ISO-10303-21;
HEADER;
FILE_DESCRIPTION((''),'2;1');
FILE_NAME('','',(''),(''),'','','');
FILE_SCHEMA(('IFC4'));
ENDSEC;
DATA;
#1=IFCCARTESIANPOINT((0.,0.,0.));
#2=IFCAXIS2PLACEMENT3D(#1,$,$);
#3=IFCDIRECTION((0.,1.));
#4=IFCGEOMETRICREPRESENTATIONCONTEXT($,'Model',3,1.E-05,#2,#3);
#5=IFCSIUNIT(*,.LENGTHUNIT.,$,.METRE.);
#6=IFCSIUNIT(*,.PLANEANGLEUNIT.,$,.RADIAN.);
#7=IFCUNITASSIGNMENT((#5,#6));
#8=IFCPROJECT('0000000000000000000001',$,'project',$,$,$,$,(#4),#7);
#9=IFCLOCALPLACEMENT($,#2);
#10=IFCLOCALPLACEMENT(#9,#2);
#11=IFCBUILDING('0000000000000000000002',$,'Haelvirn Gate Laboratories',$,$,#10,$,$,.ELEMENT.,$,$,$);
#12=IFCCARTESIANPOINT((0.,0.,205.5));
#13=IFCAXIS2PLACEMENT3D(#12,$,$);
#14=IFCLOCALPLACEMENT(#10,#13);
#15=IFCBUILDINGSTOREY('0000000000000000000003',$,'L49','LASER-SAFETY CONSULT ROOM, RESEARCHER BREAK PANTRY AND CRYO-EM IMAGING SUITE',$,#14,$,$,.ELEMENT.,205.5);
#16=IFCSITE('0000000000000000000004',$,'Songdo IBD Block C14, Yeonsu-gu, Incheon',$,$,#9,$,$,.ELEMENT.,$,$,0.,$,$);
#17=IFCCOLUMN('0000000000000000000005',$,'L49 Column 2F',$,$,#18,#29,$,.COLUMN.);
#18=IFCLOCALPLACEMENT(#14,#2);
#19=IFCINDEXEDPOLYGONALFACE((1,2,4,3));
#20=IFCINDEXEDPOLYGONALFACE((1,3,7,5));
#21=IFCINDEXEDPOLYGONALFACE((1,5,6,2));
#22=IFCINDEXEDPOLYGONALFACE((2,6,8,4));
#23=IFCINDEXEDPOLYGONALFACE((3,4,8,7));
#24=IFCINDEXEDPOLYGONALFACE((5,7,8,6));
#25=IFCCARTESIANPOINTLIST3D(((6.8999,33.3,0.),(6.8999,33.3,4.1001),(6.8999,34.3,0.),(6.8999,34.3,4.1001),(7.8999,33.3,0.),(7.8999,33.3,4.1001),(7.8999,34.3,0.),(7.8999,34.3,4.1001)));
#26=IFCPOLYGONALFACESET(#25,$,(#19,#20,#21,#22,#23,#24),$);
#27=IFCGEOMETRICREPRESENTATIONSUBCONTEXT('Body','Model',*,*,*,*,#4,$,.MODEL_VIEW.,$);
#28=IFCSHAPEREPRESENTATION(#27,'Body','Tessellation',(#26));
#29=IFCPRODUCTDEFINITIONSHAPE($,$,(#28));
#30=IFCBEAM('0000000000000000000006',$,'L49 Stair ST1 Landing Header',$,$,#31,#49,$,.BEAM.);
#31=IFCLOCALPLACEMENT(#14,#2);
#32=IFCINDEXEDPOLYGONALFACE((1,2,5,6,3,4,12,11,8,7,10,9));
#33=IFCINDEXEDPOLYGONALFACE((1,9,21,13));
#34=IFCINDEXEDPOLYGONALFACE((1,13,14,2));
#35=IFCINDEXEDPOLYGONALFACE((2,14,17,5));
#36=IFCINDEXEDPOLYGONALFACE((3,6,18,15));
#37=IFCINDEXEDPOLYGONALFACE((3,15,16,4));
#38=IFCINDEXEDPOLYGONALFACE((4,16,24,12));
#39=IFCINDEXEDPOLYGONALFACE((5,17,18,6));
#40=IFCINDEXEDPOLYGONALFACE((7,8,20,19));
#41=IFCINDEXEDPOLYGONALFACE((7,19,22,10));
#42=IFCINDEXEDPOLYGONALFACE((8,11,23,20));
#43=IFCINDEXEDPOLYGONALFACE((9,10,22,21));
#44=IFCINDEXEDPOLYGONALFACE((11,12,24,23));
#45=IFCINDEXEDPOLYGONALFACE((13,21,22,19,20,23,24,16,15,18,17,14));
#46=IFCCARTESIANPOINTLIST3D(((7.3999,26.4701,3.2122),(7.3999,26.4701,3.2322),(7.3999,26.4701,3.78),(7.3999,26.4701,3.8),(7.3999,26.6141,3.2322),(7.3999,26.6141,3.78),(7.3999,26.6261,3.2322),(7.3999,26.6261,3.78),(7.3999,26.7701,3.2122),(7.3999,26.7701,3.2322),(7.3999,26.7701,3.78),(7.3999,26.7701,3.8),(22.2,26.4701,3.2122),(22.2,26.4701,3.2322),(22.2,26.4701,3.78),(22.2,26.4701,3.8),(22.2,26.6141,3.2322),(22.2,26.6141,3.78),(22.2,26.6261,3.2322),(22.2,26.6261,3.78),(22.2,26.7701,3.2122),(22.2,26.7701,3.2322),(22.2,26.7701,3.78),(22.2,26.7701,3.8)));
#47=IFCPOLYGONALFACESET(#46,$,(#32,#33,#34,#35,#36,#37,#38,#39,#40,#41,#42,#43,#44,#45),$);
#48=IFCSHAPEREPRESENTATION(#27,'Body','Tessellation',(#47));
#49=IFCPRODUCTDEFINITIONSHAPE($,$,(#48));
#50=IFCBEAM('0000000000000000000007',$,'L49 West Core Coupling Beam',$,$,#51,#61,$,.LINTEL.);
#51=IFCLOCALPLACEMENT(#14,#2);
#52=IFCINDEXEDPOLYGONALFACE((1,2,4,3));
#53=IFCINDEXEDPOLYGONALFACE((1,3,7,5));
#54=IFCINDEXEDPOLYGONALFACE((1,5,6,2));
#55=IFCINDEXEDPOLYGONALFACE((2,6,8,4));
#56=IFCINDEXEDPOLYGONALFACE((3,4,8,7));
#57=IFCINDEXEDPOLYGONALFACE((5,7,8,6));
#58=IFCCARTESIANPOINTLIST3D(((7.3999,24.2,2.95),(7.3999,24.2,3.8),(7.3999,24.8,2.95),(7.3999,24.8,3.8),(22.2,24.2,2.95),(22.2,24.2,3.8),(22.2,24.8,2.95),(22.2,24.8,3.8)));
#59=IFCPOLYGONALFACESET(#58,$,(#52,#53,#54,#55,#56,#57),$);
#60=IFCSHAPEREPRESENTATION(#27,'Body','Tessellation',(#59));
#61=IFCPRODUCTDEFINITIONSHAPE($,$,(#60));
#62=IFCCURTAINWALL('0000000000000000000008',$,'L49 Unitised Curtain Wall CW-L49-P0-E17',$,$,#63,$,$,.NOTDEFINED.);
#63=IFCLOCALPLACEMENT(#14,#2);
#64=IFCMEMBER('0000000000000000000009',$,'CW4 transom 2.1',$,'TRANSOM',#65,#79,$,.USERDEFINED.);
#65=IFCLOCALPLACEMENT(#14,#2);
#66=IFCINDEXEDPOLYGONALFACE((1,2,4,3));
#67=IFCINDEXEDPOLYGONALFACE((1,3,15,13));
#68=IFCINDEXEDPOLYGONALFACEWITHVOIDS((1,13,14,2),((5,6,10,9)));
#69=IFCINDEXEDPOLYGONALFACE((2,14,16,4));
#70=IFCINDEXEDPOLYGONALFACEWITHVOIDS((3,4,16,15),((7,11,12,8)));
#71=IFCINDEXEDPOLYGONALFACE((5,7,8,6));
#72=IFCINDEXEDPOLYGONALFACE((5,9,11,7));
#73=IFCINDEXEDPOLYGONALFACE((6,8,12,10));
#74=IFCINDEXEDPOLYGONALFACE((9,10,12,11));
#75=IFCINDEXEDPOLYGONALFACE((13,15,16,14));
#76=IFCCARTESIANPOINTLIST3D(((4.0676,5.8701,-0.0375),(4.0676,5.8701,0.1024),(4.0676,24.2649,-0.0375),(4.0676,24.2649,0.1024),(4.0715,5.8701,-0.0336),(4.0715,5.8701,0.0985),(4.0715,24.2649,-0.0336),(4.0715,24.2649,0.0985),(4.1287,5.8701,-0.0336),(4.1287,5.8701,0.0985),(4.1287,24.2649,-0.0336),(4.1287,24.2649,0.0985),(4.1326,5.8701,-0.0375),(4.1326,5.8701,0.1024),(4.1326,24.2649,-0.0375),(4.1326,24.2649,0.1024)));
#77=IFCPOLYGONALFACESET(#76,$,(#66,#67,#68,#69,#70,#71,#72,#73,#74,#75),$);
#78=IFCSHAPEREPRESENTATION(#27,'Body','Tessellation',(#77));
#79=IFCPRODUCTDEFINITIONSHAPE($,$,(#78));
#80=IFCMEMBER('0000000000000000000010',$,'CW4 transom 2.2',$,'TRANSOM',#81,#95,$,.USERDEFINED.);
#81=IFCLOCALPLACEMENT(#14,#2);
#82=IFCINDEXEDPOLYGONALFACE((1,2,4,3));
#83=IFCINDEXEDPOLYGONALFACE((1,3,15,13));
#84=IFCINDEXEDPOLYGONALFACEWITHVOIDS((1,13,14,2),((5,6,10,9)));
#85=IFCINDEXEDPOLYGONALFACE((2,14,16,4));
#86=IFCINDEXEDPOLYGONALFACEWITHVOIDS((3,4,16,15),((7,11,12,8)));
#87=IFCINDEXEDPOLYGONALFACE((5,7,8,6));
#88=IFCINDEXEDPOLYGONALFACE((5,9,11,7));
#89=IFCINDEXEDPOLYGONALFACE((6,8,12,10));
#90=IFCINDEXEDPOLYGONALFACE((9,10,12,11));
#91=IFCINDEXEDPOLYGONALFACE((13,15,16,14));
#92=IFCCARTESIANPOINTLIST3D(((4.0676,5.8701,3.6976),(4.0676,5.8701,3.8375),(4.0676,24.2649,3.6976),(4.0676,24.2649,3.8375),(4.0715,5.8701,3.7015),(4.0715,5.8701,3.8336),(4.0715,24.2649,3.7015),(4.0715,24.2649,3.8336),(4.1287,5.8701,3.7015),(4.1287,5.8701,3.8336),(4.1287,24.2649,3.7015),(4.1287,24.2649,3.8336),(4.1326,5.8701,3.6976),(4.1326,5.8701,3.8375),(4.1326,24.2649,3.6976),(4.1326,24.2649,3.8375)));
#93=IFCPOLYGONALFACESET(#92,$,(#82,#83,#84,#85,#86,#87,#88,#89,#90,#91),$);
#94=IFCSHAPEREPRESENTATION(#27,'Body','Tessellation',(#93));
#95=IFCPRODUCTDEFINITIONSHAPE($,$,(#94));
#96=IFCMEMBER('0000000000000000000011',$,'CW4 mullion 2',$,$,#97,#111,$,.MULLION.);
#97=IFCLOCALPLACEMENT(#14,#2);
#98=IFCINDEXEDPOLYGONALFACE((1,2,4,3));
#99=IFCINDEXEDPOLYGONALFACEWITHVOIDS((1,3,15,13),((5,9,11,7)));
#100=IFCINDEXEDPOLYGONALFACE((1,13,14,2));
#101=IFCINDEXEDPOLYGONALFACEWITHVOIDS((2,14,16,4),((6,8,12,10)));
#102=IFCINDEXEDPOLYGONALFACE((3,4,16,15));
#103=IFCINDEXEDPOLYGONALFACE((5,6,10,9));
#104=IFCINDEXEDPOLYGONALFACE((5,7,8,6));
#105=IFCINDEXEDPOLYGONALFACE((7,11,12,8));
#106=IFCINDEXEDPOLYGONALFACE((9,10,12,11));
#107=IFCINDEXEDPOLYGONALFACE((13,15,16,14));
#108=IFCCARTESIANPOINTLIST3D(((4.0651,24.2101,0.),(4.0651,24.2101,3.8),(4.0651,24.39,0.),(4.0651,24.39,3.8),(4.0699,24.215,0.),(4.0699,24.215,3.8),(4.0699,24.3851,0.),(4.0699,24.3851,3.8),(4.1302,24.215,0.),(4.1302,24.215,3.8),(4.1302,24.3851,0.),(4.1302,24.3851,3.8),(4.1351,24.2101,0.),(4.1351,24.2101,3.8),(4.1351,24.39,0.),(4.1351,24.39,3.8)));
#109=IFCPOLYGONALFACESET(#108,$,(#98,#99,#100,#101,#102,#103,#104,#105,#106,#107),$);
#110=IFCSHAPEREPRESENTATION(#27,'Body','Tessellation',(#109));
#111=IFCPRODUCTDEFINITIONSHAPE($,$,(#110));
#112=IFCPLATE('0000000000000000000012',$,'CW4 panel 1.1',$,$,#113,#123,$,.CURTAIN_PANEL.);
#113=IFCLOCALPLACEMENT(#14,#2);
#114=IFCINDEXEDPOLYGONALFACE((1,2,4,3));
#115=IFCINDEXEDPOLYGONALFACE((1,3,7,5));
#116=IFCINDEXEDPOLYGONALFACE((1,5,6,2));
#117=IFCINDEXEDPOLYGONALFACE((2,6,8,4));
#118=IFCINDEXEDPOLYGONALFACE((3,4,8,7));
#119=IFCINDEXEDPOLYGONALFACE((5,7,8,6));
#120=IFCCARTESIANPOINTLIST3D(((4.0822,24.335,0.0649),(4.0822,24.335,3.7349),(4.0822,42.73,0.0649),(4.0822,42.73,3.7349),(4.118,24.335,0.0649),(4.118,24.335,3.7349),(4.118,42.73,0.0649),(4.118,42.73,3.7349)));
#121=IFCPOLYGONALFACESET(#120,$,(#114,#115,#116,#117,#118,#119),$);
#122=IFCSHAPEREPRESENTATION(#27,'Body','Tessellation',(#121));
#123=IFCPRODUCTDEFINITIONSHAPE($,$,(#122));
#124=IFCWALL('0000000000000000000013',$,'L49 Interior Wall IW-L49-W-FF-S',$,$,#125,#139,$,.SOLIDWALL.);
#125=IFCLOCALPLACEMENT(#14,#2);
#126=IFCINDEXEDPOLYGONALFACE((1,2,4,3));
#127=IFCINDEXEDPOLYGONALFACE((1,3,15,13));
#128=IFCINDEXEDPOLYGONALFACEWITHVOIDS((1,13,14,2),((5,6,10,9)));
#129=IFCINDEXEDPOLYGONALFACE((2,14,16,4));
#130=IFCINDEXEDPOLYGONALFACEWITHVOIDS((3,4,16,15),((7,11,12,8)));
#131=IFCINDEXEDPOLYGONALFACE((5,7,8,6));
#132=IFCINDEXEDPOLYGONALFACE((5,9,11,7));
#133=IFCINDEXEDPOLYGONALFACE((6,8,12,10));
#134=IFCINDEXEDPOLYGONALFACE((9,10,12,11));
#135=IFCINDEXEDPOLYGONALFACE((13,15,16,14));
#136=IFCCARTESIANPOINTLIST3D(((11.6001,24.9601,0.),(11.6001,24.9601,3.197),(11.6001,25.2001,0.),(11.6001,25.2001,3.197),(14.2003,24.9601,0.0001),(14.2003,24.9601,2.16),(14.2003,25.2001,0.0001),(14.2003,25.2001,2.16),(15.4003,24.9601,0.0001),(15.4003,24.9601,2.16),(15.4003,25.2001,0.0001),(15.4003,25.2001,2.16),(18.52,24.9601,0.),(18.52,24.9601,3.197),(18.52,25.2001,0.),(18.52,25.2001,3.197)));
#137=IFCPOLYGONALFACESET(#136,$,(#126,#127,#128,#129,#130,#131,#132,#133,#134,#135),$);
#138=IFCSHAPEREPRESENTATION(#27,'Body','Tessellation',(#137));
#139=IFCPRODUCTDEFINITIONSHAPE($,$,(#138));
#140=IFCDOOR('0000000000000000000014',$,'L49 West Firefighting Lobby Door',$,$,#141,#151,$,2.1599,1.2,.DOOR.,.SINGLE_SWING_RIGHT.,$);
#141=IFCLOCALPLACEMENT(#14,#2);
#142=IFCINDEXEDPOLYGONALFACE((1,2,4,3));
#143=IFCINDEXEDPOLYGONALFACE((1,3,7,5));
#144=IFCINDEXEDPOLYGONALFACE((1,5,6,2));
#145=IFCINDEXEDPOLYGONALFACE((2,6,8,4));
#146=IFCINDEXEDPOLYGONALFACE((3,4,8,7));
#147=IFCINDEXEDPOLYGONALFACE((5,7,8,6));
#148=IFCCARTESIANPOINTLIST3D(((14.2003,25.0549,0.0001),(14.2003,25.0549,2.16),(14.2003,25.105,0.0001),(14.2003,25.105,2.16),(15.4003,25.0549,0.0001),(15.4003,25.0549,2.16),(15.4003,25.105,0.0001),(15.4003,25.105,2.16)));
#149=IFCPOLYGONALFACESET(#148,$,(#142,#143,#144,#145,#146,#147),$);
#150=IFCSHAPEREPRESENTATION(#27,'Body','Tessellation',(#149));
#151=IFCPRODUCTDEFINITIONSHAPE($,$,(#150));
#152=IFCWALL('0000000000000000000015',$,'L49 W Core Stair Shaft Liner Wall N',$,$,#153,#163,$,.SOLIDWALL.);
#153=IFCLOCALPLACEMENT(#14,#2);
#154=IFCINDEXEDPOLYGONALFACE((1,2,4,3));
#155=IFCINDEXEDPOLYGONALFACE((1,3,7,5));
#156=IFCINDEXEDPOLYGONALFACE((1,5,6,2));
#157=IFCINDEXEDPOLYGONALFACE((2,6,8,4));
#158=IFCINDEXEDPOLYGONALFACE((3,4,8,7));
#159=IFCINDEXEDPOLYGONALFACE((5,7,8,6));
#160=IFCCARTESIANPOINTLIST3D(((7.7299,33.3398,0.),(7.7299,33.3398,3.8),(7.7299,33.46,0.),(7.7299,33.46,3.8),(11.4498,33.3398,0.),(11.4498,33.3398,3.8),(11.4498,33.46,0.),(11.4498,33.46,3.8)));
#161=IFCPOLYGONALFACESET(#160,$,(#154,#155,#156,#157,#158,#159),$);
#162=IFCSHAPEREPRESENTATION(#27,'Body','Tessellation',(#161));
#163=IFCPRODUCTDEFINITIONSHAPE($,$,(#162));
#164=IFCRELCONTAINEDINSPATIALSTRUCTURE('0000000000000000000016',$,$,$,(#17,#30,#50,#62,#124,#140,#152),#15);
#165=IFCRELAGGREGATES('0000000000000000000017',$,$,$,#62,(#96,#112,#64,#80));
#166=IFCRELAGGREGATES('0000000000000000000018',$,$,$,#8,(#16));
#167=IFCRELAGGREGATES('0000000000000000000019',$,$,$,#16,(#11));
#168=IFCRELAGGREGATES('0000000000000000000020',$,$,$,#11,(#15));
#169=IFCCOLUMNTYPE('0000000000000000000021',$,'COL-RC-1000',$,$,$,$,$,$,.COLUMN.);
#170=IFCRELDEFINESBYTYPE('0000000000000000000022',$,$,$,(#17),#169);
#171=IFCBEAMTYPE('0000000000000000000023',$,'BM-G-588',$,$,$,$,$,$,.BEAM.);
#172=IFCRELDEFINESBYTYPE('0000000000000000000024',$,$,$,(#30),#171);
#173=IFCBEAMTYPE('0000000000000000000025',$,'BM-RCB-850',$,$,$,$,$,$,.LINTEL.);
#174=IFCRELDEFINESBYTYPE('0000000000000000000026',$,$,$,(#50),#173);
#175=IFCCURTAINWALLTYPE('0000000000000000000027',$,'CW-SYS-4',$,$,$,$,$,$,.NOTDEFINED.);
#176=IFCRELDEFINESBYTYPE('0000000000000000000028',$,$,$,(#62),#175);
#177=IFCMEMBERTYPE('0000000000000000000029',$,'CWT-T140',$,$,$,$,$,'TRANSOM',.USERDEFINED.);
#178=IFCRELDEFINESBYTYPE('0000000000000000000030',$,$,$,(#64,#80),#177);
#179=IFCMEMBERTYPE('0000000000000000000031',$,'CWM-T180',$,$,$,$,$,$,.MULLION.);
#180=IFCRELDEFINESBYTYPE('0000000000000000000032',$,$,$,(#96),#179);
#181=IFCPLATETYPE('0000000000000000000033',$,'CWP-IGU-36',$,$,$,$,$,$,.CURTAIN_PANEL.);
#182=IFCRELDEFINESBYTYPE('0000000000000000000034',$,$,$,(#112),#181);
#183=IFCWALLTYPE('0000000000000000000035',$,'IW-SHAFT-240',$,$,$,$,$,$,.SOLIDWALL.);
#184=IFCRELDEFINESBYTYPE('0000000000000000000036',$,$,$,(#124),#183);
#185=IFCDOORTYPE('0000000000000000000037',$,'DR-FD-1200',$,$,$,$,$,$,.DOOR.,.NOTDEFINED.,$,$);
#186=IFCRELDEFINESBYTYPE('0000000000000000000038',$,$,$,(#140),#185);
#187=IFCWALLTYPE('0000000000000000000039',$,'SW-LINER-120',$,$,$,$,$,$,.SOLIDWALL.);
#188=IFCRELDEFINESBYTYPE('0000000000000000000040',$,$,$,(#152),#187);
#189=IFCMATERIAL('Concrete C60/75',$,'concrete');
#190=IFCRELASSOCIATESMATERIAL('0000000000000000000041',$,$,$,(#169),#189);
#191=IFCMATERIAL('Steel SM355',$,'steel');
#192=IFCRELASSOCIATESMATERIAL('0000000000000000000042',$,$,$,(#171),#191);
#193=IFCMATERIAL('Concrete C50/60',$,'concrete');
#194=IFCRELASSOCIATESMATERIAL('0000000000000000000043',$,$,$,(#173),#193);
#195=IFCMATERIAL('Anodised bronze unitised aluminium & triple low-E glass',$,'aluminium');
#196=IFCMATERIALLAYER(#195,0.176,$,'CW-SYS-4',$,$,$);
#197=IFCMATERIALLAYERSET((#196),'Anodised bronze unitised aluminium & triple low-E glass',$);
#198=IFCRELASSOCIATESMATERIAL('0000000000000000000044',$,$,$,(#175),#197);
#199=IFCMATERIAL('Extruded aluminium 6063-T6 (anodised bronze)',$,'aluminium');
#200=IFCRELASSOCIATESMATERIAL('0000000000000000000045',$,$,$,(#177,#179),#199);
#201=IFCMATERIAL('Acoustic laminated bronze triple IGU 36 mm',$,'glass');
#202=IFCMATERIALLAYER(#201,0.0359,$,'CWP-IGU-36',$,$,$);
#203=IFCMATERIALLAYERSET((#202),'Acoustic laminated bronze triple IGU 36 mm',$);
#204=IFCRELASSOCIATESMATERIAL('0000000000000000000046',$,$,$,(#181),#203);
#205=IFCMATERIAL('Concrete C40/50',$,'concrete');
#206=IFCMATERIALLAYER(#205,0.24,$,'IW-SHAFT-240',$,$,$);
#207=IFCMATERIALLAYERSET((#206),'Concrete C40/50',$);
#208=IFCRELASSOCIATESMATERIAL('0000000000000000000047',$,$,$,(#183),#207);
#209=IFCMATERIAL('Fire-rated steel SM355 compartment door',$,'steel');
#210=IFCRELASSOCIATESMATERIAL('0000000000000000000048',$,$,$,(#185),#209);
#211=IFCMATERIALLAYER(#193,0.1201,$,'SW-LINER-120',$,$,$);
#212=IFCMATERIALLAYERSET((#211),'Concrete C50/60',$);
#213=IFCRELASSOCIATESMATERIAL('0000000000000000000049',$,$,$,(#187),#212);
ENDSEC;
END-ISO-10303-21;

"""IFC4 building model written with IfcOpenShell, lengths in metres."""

from ifc_helpers import new_model, si_unit, direction, frame, frame_2d, origin, origin_2d, place, context, subcontext, project, spatial, rectangle, hollow_rectangle, i_section, extrude, source, transform, mapped, material, layer, layer_set, material_profile, profile_set, type_object, type_shapes, element, fill, aggregate, save


model = new_model("IFC4")

# Units and contexts
model_context = context("Model", 3, precision=1e-05, world=origin(), true_north=direction((0.0, 1.0)))
body_context = subcontext(model_context, "Body", "Model", "MODEL_VIEW")
ifc_project = project(units=[si_unit("LENGTHUNIT", "METRE"), si_unit("PLANEANGLEUNIT", "RADIAN")], contexts=[model_context])

# Site, building, storey
site_placement = place(None, origin())
site = spatial("IfcSite", under=ifc_project, at=site_placement, Name="Songdo IBD Block C14, Yeonsu-gu, Incheon", CompositionType="ELEMENT", RefElevation=0.0)
building_placement = place(site_placement, origin())
building = spatial("IfcBuilding", under=site, at=building_placement, Name="Haelvirn Gate Laboratories", CompositionType="ELEMENT")
storey_placement = place(building_placement, frame((0.0, 0.0, 205.5)))
storey = spatial("IfcBuildingStorey", under=building, at=storey_placement, Name="L49", Description="LASER-SAFETY CONSULT ROOM, RESEARCHER BREAK PANTRY AND CRYO-EM IMAGING SUITE", CompositionType="ELEMENT", Elevation=205.5)

# Column
ifc_material_1 = material(Name="Concrete C60/75", Category="concrete")
ifc_material_profile_1 = material_profile(ifc_material_1, rectangle(XDim=1.0, YDim=1.0, at=origin_2d()), Name="RC-1000x1000")
ifc_profile_set_1 = profile_set([ifc_material_profile_1], Name="Concrete C60/75")
column_type = type_object("IfcColumnType", Name="COL-RC-1000", PredefinedType="COLUMN", material=ifc_profile_set_1)
shared_shape_1 = source(origin(), body_context, "Body", "SweptSolid", [
    extrude(rectangle(XDim=1.0, YDim=1.0, at=origin_2d()), origin(), (0.0, 0.0, 1.0), 4.1001),
])
type_shapes(column_type, [shared_shape_1])
column_placement = place(storey_placement, frame((7.3999, 33.8, 0.0), z_axis=(0.0, 0.0, 1.0), x_axis=(1.0, 0.0, 0.0)))
element("IfcColumn", 1, at=column_placement, inside=storey, type_object=column_type, Name="L49 Column 2F", PredefinedType="COLUMN", context=body_context, shape_type="MappedRepresentation", body=[
    mapped(shared_shape_1, transform((0.0, 0.0, 0.0), scale=1.0)),
])

# Beams
ifc_material_2 = material(Name="Steel SM355", Category="steel")
ifc_material_profile_2 = material_profile(ifc_material_2, i_section(OverallWidth=0.3, OverallDepth=0.5879, WebThickness=0.012, FlangeThickness=0.02, at=origin_2d()), Name="H-588x300x12x20")
ifc_profile_set_2 = profile_set([ifc_material_profile_2], Name="Steel SM355")
beam_type_1 = type_object("IfcBeamType", Name="BM-G-588", PredefinedType="BEAM", material=ifc_profile_set_2)
shared_shape_2 = source(origin(), body_context, "Body", "SweptSolid", [
    extrude(i_section(OverallWidth=0.3, OverallDepth=0.5879, WebThickness=0.012, FlangeThickness=0.02, at=origin_2d()), origin(), (0.0, 0.0, 1.0), 14.8),
])
type_shapes(beam_type_1, [shared_shape_2])
beam_1_placement = place(storey_placement, frame((7.3999, 26.6201, 3.5061), z_axis=(1.0, 0.0, 0.0), x_axis=(0.0, 1.0, 0.0)))
element("IfcBeam", 2, at=beam_1_placement, inside=storey, type_object=beam_type_1, Name="L49 Stair ST1 Landing Header", PredefinedType="BEAM", context=body_context, shape_type="MappedRepresentation", body=[
    mapped(shared_shape_2, transform((0.0, 0.0, 0.0), scale=1.0)),
])
ifc_material_3 = material(Name="Concrete C50/60", Category="concrete")
ifc_material_profile_3 = material_profile(ifc_material_3, rectangle(XDim=0.6001, YDim=0.8501, at=origin_2d()), Name="RCB-600x850")
ifc_profile_set_3 = profile_set([ifc_material_profile_3], Name="Concrete C50/60")
beam_type_2 = type_object("IfcBeamType", Name="BM-RCB-850", PredefinedType="LINTEL", material=ifc_profile_set_3)
shared_shape_3 = source(origin(), body_context, "Body", "SweptSolid", [
    extrude(rectangle(XDim=0.6001, YDim=0.8501, at=origin_2d()), origin(), (0.0, 0.0, 1.0), 14.8),
])
type_shapes(beam_type_2, [shared_shape_3])
beam_2_placement = place(storey_placement, frame((7.3999, 24.5, 3.375), z_axis=(1.0, 0.0, 0.0), x_axis=(0.0, 1.0, 0.0)))
element("IfcBeam", 3, at=beam_2_placement, inside=storey, type_object=beam_type_2, Name="L49 West Core Coupling Beam", PredefinedType="LINTEL", context=body_context, shape_type="MappedRepresentation", body=[
    mapped(shared_shape_3, transform((0.0, 0.0, 0.0), scale=1.0)),
])

# Curtain wall, members, plate
ifc_material_4 = material(Name="Anodised bronze unitised aluminium & triple low-E glass", Category="aluminium")
ifc_layer_1 = layer(ifc_material_4, 0.176, Name="CW-SYS-4")
ifc_layer_set_1 = layer_set([ifc_layer_1], Name="Anodised bronze unitised aluminium & triple low-E glass")
curtain_wall_type = type_object("IfcCurtainWallType", Name="CW-SYS-4", PredefinedType="NOTDEFINED", material=ifc_layer_set_1)
curtain_wall_placement = place(storey_placement, origin())
curtain_wall = element("IfcCurtainWall", 4, at=curtain_wall_placement, inside=storey, type_object=curtain_wall_type, Name="L49 Unitised Curtain Wall CW-L49-P0-E17", PredefinedType="NOTDEFINED")
ifc_material_5 = material(Name="Extruded aluminium 6063-T6 (anodised bronze)", Category="aluminium")
ifc_material_profile_4 = material_profile(ifc_material_5, hollow_rectangle(XDim=0.0649, YDim=0.1399, WallThickness=0.0039, at=origin_2d()), Name="CWT-140x65x4")
ifc_profile_set_4 = profile_set([ifc_material_profile_4], Name="Extruded aluminium 6063-T6 (anodised bronze)")
member_type_1 = type_object("IfcMemberType", Name="CWT-T140", ElementType="TRANSOM", PredefinedType="USERDEFINED", material=ifc_profile_set_4)
shared_shape_4 = source(origin(), body_context, "Body", "SweptSolid", [
    extrude(hollow_rectangle(XDim=0.0649, YDim=0.1399, WallThickness=0.0039, at=origin_2d()), origin(), (0.0, 0.0, 1.0), 18.3948),
])
type_shapes(member_type_1, [shared_shape_4])
member_1_placement = place(storey_placement, frame((4.1001, 24.2649, 0.0325), z_axis=(0.0, -1.0, 0.0), x_axis=(1.0, 0.0, 0.0)))
member_1 = element("IfcMember", 5, at=member_1_placement, type_object=member_type_1, Name="CW4 transom 2.1", ObjectType="TRANSOM", PredefinedType="USERDEFINED", context=body_context, shape_type="MappedRepresentation", body=[
    mapped(shared_shape_4, transform((0.0, 0.0, 0.0), scale=1.0)),
])
member_2_placement = place(storey_placement, frame((4.1001, 24.2649, 3.7676), z_axis=(0.0, -1.0, 0.0), x_axis=(1.0, 0.0, 0.0)))
member_2 = element("IfcMember", 6, at=member_2_placement, type_object=member_type_1, Name="CW4 transom 2.2", ObjectType="TRANSOM", PredefinedType="USERDEFINED", context=body_context, shape_type="MappedRepresentation", body=[
    mapped(shared_shape_4, transform((0.0, 0.0, 0.0), scale=1.0)),
])
ifc_material_profile_5 = material_profile(ifc_material_5, hollow_rectangle(XDim=0.0701, YDim=0.1799, WallThickness=0.0049, at=origin_2d()), Name="CWM-180x70x5")
ifc_profile_set_5 = profile_set([ifc_material_profile_5], Name="Extruded aluminium 6063-T6 (anodised bronze)")
member_type_2 = type_object("IfcMemberType", Name="CWM-T180", PredefinedType="MULLION", material=ifc_profile_set_5)
shared_shape_5 = source(origin(), body_context, "Body", "SweptSolid", [
    extrude(hollow_rectangle(XDim=0.0701, YDim=0.1799, WallThickness=0.0049, at=origin_2d()), origin(), (0.0, 0.0, 1.0), 3.8),
])
type_shapes(member_type_2, [shared_shape_5])
member_3_placement = place(storey_placement, frame((4.1001, 24.3, 0.0), z_axis=(0.0, 0.0, 1.0), x_axis=(1.0, 0.0, 0.0)))
member_3 = element("IfcMember", 7, at=member_3_placement, type_object=member_type_2, Name="CW4 mullion 2", PredefinedType="MULLION", context=body_context, shape_type="MappedRepresentation", body=[
    mapped(shared_shape_5, transform((0.0, 0.0, 0.0), scale=1.0)),
])
ifc_material_6 = material(Name="Acoustic laminated bronze triple IGU 36 mm", Category="glass")
ifc_layer_2 = layer(ifc_material_6, 0.0359, Name="CWP-IGU-36")
ifc_layer_set_2 = layer_set([ifc_layer_2], Name="Acoustic laminated bronze triple IGU 36 mm")
plate_type = type_object("IfcPlateType", Name="CWP-IGU-36", PredefinedType="CURTAIN_PANEL", material=ifc_layer_set_2)
shared_shape_6 = source(origin(), body_context, "Body", "SweptSolid", [
    extrude(rectangle(XDim=18.395, YDim=0.0359, at=origin_2d()), origin(), (0.0, 0.0, 1.0), 3.6699),
])
type_shapes(plate_type, [shared_shape_6])
plate_placement = place(storey_placement, frame((4.1001, 33.5325, 0.0649), z_axis=(0.0, 0.0, 1.0), x_axis=(0.0, -1.0, 0.0)))
plate = element("IfcPlate", 8, at=plate_placement, type_object=plate_type, Name="CW4 panel 1.1", PredefinedType="CURTAIN_PANEL", context=body_context, shape_type="MappedRepresentation", body=[
    mapped(shared_shape_6, transform((0.0, 0.0, 0.0), scale=1.0)),
])
aggregate(curtain_wall, [member_3, plate, member_1, member_2])

# Wall, opening, door
ifc_material_7 = material(Name="Concrete C40/50", Category="concrete")
ifc_layer_3 = layer(ifc_material_7, 0.24, Name="IW-SHAFT-240")
ifc_layer_set_3 = layer_set([ifc_layer_3], Name="Concrete C40/50")
wall_type_1 = type_object("IfcWallType", Name="IW-SHAFT-240", PredefinedType="SOLIDWALL", material=ifc_layer_set_3)
wall_1_placement = place(storey_placement, frame((11.6001, 25.0801, 0.0), z_axis=(0.0, 0.0, 1.0), x_axis=(1.0, 0.0, 0.0)))
wall_1 = element("IfcWall", 9, at=wall_1_placement, inside=storey, type_object=wall_type_1, Name="L49 Interior Wall IW-L49-W-FF-S", PredefinedType="SOLIDWALL", context=body_context, shape_type="SweptSolid", body=[
    extrude(rectangle(XDim=6.9199, YDim=0.24, at=frame_2d((3.46, 0.0))), origin(), (0.0, 0.0, 1.0), 3.197),
])
opening_1_placement = place(wall_1_placement, frame((2.6001, 0.0, 0.0)))
opening_1 = element("IfcOpeningElement", 10, at=opening_1_placement, cuts=wall_1, PredefinedType="OPENING", context=body_context, shape_type="SweptSolid", body=[
    extrude(rectangle(XDim=1.2, YDim=2.1599, at=frame_2d((0.6001, 1.0801))), frame((0.0, 0.1299, 0.0), z_axis=(0.0, -1.0, 0.0), x_axis=(1.0, 0.0, 0.0)), (0.0, 0.0, 1.0), 0.26),
])
ifc_material_8 = material(Name="Fire-rated steel SM355 compartment door", Category="steel")
door_type_1 = type_object("IfcDoorType", Name="DR-FD-1200", OperationType="NOTDEFINED", PredefinedType="DOOR", material=ifc_material_8)
shared_shape_7 = source(origin(), body_context, "Body", "SweptSolid", [
    extrude(rectangle(XDim=1.2, YDim=2.1599, at=frame_2d((0.6001, 1.0801))), frame((0.0, 0.0249, 0.0), z_axis=(0.0, -1.0, 0.0), x_axis=(1.0, 0.0, 0.0)), (0.0, 0.0, 1.0), 0.05),
])
type_shapes(door_type_1, [shared_shape_7])
door_1_placement = place(opening_1_placement, origin())
door_1 = element("IfcDoor", 11, at=door_1_placement, inside=storey, type_object=door_type_1, Name="L49 West Firefighting Lobby Door", OperationType="SINGLE_SWING_RIGHT", OverallHeight=2.1599, OverallWidth=1.2, PredefinedType="DOOR", context=body_context, shape_type="MappedRepresentation", body=[
    mapped(shared_shape_7, transform((0.0, 0.0, 0.0), scale=1.0)),
])
fill(opening_1, door_1)

# Wall
ifc_layer_4 = layer(ifc_material_3, 0.1201, Name="SW-LINER-120")
ifc_layer_set_4 = layer_set([ifc_layer_4], Name="Concrete C50/60")
wall_type_2 = type_object("IfcWallType", Name="SW-LINER-120", PredefinedType="SOLIDWALL", material=ifc_layer_set_4)
wall_2_placement = place(storey_placement, frame((7.73, 33.3999, 0.0), z_axis=(0.0, 0.0, 1.0), x_axis=(1.0, 0.0, 0.0)))
element("IfcWall", 12, at=wall_2_placement, inside=storey, type_object=wall_type_2, Name="L49 W Core Stair Shaft Liner Wall N", PredefinedType="SOLIDWALL", context=body_context, shape_type="SweptSolid", body=[
    extrude(rectangle(XDim=3.72, YDim=0.1201, at=frame_2d((1.8599, 0.0))), origin(), (0.0, 0.0, 1.0), 3.8),
])

save(model, "model.ifc")
